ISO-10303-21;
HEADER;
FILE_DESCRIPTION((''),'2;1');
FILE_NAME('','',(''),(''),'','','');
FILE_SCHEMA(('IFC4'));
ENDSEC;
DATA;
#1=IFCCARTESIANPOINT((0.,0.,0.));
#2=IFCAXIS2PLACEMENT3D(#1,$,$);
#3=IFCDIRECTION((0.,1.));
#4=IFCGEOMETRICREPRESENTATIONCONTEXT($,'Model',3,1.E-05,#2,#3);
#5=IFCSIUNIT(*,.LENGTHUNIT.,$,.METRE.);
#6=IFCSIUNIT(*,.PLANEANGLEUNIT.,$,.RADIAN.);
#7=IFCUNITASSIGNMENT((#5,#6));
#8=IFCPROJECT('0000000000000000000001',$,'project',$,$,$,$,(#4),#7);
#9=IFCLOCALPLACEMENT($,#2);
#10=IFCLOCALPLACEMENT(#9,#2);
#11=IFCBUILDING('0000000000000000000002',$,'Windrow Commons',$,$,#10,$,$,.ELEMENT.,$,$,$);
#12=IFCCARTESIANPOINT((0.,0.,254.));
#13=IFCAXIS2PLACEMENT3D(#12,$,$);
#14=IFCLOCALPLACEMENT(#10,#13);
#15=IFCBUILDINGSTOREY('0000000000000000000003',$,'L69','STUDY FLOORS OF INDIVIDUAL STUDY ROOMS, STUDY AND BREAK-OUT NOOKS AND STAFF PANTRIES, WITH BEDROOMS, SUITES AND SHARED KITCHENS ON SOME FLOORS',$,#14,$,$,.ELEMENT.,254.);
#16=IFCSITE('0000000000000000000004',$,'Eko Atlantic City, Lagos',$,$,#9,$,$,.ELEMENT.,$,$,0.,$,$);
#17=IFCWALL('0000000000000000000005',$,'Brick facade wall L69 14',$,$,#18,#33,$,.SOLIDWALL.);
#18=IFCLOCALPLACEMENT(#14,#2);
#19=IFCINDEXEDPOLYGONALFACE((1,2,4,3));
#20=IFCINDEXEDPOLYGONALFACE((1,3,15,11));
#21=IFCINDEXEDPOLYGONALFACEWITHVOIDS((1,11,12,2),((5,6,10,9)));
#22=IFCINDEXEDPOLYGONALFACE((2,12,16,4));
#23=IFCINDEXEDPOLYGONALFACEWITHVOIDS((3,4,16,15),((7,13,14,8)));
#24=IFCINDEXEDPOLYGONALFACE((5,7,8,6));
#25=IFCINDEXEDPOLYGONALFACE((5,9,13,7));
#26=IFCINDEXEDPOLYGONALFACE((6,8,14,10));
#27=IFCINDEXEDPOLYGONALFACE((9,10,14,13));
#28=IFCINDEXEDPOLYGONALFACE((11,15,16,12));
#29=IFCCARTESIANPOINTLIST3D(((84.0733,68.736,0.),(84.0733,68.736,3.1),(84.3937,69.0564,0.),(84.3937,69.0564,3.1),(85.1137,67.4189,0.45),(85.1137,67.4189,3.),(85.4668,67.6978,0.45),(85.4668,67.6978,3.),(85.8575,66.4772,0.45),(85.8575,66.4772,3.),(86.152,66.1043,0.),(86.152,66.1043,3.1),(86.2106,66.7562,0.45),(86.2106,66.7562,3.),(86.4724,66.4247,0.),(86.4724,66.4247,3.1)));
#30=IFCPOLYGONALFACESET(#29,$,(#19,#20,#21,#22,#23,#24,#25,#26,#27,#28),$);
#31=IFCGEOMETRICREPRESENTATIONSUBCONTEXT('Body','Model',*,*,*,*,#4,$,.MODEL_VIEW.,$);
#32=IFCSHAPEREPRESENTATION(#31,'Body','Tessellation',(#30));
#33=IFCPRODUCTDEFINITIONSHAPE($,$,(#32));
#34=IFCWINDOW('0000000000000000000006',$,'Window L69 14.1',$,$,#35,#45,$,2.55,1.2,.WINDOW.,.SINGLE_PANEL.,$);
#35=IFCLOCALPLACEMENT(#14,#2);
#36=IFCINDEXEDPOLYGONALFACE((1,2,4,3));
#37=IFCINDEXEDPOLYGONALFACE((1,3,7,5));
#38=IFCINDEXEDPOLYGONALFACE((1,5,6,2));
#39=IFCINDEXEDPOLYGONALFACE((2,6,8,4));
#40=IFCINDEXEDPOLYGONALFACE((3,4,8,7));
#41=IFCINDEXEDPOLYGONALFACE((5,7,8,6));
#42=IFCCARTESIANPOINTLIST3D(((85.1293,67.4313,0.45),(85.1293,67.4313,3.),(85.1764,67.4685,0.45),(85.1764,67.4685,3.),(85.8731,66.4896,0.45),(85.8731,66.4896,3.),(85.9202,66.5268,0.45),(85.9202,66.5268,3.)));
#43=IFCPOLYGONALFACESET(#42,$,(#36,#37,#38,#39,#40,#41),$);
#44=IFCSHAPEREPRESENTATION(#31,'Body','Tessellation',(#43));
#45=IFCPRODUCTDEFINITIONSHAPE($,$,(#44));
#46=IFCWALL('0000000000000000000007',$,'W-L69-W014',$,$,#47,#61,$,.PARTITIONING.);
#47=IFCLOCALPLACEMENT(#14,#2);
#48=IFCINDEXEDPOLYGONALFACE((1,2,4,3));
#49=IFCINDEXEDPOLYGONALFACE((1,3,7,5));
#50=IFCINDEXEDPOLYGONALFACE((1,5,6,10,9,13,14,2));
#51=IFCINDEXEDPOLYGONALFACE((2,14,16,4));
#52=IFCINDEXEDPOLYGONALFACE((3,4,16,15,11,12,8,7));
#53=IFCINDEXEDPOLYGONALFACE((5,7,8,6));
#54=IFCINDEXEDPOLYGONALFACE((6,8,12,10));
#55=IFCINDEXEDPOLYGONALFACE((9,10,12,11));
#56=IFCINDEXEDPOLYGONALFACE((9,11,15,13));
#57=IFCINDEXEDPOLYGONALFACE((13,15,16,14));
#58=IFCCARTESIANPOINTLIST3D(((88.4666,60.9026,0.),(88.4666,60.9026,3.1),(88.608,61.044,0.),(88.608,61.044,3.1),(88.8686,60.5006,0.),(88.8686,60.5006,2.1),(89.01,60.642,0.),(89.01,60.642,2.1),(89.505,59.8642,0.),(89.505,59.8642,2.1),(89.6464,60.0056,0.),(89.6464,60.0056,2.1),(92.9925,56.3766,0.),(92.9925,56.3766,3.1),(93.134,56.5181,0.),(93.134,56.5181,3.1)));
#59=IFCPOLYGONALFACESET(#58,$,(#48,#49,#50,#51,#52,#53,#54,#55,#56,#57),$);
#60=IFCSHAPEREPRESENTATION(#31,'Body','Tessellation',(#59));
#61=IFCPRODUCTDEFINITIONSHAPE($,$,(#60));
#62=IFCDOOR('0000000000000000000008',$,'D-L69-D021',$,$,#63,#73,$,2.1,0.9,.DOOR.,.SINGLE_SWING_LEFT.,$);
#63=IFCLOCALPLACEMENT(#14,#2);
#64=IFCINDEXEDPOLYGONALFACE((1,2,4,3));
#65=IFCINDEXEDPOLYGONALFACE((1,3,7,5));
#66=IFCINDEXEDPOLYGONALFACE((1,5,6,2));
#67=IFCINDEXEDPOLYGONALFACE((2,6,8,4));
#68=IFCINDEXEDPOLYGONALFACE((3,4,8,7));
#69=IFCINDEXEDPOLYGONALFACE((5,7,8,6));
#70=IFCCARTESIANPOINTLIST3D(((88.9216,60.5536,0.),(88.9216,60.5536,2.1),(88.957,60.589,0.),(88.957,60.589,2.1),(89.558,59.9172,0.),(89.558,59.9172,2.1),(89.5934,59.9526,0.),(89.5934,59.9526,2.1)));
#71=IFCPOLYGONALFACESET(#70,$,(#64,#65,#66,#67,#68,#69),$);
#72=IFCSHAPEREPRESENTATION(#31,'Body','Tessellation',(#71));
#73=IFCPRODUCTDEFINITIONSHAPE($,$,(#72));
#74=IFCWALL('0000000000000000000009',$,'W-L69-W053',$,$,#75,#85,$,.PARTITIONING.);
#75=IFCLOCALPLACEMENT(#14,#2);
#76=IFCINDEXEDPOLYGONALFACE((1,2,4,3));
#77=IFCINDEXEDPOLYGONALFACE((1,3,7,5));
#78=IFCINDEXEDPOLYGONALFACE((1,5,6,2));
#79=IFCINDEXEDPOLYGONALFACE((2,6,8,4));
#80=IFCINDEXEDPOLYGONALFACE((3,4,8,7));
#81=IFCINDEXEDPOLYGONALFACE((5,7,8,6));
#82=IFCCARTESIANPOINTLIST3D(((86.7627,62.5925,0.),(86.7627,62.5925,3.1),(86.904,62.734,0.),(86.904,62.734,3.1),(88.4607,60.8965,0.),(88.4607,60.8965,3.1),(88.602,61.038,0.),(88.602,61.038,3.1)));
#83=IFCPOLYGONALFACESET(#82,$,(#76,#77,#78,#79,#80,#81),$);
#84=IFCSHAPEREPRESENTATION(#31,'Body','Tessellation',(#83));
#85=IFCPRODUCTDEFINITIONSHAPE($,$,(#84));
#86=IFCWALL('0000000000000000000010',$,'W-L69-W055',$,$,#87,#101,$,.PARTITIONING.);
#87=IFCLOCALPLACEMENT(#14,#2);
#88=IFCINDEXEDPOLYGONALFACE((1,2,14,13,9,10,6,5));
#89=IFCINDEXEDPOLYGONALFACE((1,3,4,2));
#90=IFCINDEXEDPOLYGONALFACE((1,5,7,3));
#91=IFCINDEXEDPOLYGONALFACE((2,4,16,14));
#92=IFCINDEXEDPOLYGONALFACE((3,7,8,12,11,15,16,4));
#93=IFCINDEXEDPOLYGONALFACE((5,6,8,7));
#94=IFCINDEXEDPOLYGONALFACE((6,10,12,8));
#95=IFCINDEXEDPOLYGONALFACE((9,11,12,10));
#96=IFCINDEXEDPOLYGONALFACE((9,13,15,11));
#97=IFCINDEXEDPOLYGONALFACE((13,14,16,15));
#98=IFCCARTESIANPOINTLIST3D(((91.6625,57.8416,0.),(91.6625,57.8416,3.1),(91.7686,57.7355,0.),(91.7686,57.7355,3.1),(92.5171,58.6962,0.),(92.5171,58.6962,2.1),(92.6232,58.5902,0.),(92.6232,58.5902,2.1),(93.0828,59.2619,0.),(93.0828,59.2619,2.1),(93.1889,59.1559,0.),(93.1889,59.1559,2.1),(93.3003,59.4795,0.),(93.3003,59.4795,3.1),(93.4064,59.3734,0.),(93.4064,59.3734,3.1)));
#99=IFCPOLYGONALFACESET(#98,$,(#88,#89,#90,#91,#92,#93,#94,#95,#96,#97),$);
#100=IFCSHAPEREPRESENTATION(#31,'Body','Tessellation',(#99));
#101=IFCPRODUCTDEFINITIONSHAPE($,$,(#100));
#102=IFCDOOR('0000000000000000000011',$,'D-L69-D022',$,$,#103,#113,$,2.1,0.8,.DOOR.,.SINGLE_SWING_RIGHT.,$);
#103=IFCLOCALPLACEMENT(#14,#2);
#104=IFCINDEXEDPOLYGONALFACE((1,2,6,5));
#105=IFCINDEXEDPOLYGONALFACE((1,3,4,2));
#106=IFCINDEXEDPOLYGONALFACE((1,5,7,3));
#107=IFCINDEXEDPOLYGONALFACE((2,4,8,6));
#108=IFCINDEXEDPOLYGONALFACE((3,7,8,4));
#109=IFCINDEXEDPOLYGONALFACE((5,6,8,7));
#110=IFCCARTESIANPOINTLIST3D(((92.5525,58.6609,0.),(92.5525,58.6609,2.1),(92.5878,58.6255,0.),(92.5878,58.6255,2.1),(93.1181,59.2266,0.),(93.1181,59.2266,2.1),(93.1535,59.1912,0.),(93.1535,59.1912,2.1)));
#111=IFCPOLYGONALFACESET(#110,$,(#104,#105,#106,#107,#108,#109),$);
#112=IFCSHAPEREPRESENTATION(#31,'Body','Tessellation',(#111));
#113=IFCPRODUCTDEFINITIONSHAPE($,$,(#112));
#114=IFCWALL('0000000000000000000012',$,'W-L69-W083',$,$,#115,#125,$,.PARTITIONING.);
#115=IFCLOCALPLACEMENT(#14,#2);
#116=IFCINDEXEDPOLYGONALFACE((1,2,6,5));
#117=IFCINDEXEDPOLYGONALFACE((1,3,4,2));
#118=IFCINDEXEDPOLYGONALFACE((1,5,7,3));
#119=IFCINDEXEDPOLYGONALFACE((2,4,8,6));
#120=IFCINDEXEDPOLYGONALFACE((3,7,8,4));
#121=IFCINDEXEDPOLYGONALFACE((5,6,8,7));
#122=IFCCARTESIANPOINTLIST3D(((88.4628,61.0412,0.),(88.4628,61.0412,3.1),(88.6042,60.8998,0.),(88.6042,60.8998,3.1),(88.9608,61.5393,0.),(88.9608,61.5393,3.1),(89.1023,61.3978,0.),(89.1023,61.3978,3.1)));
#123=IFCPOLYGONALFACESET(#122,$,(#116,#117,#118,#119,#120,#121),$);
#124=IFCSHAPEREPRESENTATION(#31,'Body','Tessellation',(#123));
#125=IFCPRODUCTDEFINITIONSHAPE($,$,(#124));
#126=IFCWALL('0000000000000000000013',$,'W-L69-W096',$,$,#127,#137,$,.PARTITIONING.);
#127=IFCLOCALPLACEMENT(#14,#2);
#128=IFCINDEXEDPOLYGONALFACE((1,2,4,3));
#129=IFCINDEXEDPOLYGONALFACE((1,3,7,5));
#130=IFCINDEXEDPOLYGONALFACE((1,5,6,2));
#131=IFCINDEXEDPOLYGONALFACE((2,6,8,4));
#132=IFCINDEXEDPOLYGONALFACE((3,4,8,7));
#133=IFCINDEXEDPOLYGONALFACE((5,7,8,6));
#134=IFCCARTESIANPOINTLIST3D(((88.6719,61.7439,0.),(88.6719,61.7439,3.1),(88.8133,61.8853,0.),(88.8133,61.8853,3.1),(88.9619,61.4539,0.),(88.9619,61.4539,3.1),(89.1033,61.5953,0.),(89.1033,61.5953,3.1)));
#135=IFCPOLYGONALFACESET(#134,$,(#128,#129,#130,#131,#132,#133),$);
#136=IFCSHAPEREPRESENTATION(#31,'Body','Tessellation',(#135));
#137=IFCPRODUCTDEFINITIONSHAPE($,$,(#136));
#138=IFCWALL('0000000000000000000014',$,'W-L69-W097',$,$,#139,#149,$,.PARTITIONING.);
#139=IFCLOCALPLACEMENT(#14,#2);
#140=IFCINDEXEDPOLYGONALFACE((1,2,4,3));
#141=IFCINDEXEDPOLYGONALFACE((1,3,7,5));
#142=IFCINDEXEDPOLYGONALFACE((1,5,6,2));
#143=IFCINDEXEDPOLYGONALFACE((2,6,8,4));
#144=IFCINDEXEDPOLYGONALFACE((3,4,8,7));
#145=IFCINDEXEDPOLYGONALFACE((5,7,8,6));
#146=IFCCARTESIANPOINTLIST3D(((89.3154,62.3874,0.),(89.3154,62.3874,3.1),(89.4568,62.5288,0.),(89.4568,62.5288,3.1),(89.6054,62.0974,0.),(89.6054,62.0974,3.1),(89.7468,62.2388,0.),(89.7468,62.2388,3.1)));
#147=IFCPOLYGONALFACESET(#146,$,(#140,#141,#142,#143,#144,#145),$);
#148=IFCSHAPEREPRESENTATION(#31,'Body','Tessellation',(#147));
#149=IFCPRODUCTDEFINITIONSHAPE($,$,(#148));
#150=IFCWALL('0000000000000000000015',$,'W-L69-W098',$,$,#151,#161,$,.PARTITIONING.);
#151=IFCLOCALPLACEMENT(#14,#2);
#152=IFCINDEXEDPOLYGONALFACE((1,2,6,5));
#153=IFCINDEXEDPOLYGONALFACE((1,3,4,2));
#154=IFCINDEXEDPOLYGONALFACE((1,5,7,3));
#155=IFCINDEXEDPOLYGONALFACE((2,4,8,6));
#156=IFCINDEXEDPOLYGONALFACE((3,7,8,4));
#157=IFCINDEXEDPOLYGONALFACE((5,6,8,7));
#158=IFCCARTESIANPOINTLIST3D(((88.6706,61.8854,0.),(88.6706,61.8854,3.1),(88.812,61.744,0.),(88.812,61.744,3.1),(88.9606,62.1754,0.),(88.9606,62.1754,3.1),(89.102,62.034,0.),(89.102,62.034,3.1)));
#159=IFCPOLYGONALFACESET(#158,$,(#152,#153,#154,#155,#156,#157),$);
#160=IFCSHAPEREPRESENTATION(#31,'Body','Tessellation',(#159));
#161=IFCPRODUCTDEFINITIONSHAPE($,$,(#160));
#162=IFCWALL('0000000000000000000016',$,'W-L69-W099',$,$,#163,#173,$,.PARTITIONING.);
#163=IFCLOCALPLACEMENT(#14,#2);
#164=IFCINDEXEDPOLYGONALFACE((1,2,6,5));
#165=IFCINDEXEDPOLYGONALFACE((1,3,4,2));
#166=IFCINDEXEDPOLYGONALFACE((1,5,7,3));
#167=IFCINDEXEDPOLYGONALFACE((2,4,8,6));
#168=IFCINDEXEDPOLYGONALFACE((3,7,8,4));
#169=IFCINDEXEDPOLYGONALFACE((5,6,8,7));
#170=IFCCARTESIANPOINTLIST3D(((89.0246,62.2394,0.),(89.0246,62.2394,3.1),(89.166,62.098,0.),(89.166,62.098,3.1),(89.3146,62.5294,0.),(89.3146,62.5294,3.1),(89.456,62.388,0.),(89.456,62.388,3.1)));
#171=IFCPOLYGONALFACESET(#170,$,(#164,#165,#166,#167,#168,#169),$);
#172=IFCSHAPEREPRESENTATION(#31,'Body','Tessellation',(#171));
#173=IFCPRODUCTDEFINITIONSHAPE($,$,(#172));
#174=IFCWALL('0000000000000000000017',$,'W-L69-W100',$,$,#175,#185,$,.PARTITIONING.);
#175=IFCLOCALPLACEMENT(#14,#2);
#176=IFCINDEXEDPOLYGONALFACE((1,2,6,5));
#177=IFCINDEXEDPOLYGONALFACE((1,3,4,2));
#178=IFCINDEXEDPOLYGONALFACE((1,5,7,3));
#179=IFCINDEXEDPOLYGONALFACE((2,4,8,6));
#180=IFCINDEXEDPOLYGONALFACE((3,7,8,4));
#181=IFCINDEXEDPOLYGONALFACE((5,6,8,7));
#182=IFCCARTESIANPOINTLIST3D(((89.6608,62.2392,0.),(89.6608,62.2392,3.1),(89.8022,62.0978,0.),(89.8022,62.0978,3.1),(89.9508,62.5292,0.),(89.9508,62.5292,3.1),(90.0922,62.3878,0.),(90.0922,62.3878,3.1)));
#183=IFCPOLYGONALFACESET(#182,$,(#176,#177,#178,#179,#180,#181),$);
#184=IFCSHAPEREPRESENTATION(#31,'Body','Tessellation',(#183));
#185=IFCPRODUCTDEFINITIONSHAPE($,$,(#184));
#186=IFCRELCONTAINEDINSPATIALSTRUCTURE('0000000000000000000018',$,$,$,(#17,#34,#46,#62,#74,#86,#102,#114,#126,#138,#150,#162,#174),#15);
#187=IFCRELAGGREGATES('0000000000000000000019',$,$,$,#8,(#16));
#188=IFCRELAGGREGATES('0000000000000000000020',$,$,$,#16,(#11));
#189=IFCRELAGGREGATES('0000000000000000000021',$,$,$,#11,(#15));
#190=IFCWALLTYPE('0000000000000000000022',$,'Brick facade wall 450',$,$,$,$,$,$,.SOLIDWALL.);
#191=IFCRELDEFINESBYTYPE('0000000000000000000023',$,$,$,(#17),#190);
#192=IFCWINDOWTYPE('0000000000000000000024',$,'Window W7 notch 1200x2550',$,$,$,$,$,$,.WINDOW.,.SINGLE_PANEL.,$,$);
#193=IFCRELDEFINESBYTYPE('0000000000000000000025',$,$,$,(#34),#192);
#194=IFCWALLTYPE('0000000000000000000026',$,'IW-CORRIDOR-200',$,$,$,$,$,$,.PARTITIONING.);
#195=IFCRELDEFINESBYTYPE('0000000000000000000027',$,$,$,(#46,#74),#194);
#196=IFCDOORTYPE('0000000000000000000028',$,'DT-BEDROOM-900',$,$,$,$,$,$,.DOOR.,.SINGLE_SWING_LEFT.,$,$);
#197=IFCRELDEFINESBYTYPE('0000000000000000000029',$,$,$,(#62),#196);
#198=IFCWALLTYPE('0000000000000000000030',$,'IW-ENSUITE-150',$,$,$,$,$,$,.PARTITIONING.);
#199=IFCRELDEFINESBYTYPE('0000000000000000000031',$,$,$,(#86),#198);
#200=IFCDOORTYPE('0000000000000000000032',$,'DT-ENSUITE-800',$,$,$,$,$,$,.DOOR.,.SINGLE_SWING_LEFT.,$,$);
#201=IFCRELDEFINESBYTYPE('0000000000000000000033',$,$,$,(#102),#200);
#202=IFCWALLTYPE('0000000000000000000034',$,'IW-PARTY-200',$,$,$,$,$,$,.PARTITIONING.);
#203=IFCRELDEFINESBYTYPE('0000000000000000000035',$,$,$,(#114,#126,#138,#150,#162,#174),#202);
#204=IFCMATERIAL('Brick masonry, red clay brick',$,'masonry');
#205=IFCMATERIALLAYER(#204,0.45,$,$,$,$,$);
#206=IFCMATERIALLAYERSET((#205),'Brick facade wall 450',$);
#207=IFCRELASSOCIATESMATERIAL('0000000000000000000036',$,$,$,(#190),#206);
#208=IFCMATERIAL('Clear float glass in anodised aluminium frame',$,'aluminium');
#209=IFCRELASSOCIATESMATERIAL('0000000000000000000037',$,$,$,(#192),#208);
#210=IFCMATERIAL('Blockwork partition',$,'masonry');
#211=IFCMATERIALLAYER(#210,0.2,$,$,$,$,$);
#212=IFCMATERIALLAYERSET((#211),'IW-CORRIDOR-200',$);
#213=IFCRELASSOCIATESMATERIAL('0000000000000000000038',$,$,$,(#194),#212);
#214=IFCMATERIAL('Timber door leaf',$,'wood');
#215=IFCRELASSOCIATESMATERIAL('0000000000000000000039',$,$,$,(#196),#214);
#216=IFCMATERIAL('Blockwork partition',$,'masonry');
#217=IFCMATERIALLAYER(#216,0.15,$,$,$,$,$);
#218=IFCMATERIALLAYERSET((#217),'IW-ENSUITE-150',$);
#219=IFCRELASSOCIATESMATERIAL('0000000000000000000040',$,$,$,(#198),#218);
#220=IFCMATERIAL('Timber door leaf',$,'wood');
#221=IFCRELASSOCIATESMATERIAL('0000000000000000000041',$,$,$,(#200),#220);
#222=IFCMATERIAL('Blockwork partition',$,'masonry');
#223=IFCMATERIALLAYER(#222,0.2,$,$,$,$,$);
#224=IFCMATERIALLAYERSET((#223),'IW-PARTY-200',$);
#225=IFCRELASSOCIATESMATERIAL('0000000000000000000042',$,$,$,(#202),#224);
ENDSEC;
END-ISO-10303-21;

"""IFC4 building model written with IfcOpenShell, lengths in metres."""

from ifc_helpers import new_model, si_unit, direction, frame, frame_2d, origin, place, context, subcontext, project, spatial, polyline, rectangle, outline, extrude, material, layer, layer_set, type_object, element, fill, save


model = new_model("IFC4")

# Units and contexts
model_context = context("Model", 3, precision=1e-05, world=origin(), true_north=direction((0.0, 1.0)))
body_context = subcontext(model_context, "Body", "Model", "MODEL_VIEW")
ifc_project = project(units=[si_unit("LENGTHUNIT", "METRE"), si_unit("PLANEANGLEUNIT", "RADIAN")], contexts=[model_context])

# Site, building, storey
site_placement = place(None, origin())
site = spatial("IfcSite", under=ifc_project, at=site_placement, Name="Eko Atlantic City, Lagos", CompositionType="ELEMENT", RefElevation=0.0)
building_placement = place(site_placement, origin())
building = spatial("IfcBuilding", under=site, at=building_placement, Name="Windrow Commons", CompositionType="ELEMENT")
storey_placement = place(building_placement, frame((0.0, 0.0, 254.0)))
storey = spatial("IfcBuildingStorey", under=building, at=storey_placement, Name="L69", Description="STUDY FLOORS OF INDIVIDUAL STUDY ROOMS, STUDY AND BREAK-OUT NOOKS AND STAFF PANTRIES, WITH BEDROOMS, SUITES AND SHARED KITCHENS ON SOME FLOORS", CompositionType="ELEMENT", Elevation=254.0)

# Wall, opening, window
ifc_material_1 = material(Name="Brick masonry, red clay brick", Category="masonry")
ifc_layer_1 = layer(ifc_material_1, 0.45)
ifc_layer_set_1 = layer_set([ifc_layer_1], Name="Brick facade wall 450")
wall_type_1 = type_object("IfcWallType", Name="Brick facade wall 450", PredefinedType="SOLIDWALL", material=ifc_layer_set_1)
ifc_material_2 = material(Name="Clear float glass in anodised aluminium frame", Category="aluminium")
window_type = type_object("IfcWindowType", Name="Window W7 notch 1200x2550", PartitioningType="SINGLE_PANEL", PredefinedType="WINDOW", material=ifc_material_2)
wall_1_placement = place(storey_placement, frame((86.3122, 66.2645, 0.0), z_axis=(0.0, 0.0, 1.0), x_axis=(-0.619836, 0.784732, 0.0)))
wall_1 = element("IfcWall", 1, at=wall_1_placement, inside=storey, type_object=wall_type_1, Name="Brick facade wall L69 14", PredefinedType="SOLIDWALL", context=body_context, shape_type="SweptSolid", body=[
    extrude(outline(polyline([(0.0264, -0.225), (3.38, -0.225), (3.3272, 0.225), (-0.0264, 0.225), (0.0264, -0.225)])), origin(), (0.0, 0.0, 1.0), 3.1),
])
opening_1_placement = place(wall_1_placement, frame((0.4488, 0.0, 0.45)))
opening_1 = element("IfcOpeningElement", 2, at=opening_1_placement, cuts=wall_1, PredefinedType="OPENING", context=body_context, shape_type="SweptSolid", body=[
    extrude(rectangle(XDim=1.2, YDim=2.55, at=frame_2d((0.6, 1.275))), frame((0.0, 0.235, 0.0), z_axis=(0.0, -1.0, 0.0), x_axis=(1.0, 0.0, 0.0)), (0.0, 0.0, 1.0), 0.47),
])
window_1_placement = place(opening_1_placement, origin())
window_1 = element("IfcWindow", 3, at=window_1_placement, inside=storey, type_object=window_type, Name="Window L69 14.1", OverallHeight=2.55, OverallWidth=1.2, PartitioningType="SINGLE_PANEL", PredefinedType="WINDOW", context=body_context, shape_type="SweptSolid", body=[
    extrude(rectangle(XDim=1.2, YDim=2.55, at=frame_2d((0.6, 1.275))), frame((0.0, 0.205, 0.0), z_axis=(0.0, -1.0, 0.0), x_axis=(1.0, 0.0, 0.0)), (0.0, 0.0, 1.0), 0.06),
])
fill(opening_1, window_1)

# Wall, opening, door
ifc_material_3 = material(Name="Blockwork partition", Category="masonry")
ifc_layer_2 = layer(ifc_material_3, 0.2)
ifc_layer_set_2 = layer_set([ifc_layer_2], Name="IW-CORRIDOR-200")
wall_type_2 = type_object("IfcWallType", Name="IW-CORRIDOR-200", PredefinedType="PARTITIONING", material=ifc_layer_set_2)
wall_2_placement = place(storey_placement, frame((88.5373, 60.9733, 0.0), z_axis=(0.0, 0.0, 1.0), x_axis=(0.707107, -0.707107, 0.0)))
wall_2 = element("IfcWall", 4, at=wall_2_placement, inside=storey, type_object=wall_type_2, Name="W-L69-W014", PredefinedType="PARTITIONING", context=body_context, shape_type="SweptSolid", body=[
    extrude(rectangle(XDim=6.4007, YDim=0.2, at=frame_2d((3.2003, 0.0))), origin(), (0.0, 0.0, 1.0), 3.1),
])
opening_2_placement = place(wall_2_placement, frame((0.5685, 0.0, 0.0)))
opening_2 = element("IfcOpeningElement", 5, at=opening_2_placement, cuts=wall_2, PredefinedType="OPENING", context=body_context, shape_type="SweptSolid", body=[
    extrude(rectangle(XDim=0.9, YDim=2.1, at=frame_2d((0.45, 1.05))), frame((0.0, 0.11, 0.0), z_axis=(0.0, -1.0, 0.0), x_axis=(1.0, 0.0, 0.0)), (0.0, 0.0, 1.0), 0.22),
])
ifc_material_4 = material(Name="Timber door leaf", Category="wood")
door_type_1 = type_object("IfcDoorType", Name="DT-BEDROOM-900", OperationType="SINGLE_SWING_LEFT", PredefinedType="DOOR", material=ifc_material_4)
door_1_placement = place(opening_2_placement, origin())
door_1 = element("IfcDoor", 6, at=door_1_placement, inside=storey, type_object=door_type_1, Name="D-L69-D021", OperationType="SINGLE_SWING_LEFT", OverallHeight=2.1, OverallWidth=0.9, PredefinedType="DOOR", context=body_context, shape_type="SweptSolid", body=[
    extrude(rectangle(XDim=0.9, YDim=2.1, at=frame_2d((0.45, 1.05))), frame((0.0, 0.025, 0.0), z_axis=(0.0, -1.0, 0.0), x_axis=(1.0, 0.0, 0.0)), (0.0, 0.0, 1.0), 0.05),
])
fill(opening_2, door_1)

# Wall
wall_3_placement = place(storey_placement, frame((86.8333, 62.6633, 0.0), z_axis=(0.0, 0.0, 1.0), x_axis=(0.707523, -0.70669, 0.0)))
element("IfcWall", 7, at=wall_3_placement, inside=storey, type_object=wall_type_2, Name="W-L69-W053", PredefinedType="PARTITIONING", context=body_context, shape_type="SweptSolid", body=[
    extrude(rectangle(XDim=2.3999, YDim=0.2, at=frame_2d((1.2, 0.0))), origin(), (0.0, 0.0, 1.0), 3.1),
])

# Wall, opening, door
ifc_material_5 = material(Name="Blockwork partition", Category="masonry")
ifc_layer_3 = layer(ifc_material_5, 0.15)
ifc_layer_set_3 = layer_set([ifc_layer_3], Name="IW-ENSUITE-150")
wall_type_3 = type_object("IfcWallType", Name="IW-ENSUITE-150", PredefinedType="PARTITIONING", material=ifc_layer_set_3)
wall_4_placement = place(storey_placement, frame((91.7155, 57.7885, 0.0), z_axis=(0.0, 0.0, 1.0), x_axis=(0.707085, 0.707128, 0.0)))
wall_4 = element("IfcWall", 8, at=wall_4_placement, inside=storey, type_object=wall_type_3, Name="W-L69-W055", PredefinedType="PARTITIONING", context=body_context, shape_type="SweptSolid", body=[
    extrude(rectangle(XDim=2.3163, YDim=0.15, at=frame_2d((1.1582, 0.0))), origin(), (0.0, 0.0, 1.0), 3.1),
])
opening_3_placement = place(wall_4_placement, frame((1.2087, 0.0, 0.0)))
opening_3 = element("IfcOpeningElement", 9, at=opening_3_placement, cuts=wall_4, PredefinedType="OPENING", context=body_context, shape_type="SweptSolid", body=[
    extrude(rectangle(XDim=0.8, YDim=2.1, at=frame_2d((0.4, 1.05))), frame((0.0, 0.085, 0.0), z_axis=(0.0, -1.0, 0.0), x_axis=(1.0, 0.0, 0.0)), (0.0, 0.0, 1.0), 0.17),
])
ifc_material_6 = material(Name="Timber door leaf", Category="wood")
door_type_2 = type_object("IfcDoorType", Name="DT-ENSUITE-800", OperationType="SINGLE_SWING_LEFT", PredefinedType="DOOR", material=ifc_material_6)
door_2_placement = place(opening_3_placement, origin())
door_2 = element("IfcDoor", 10, at=door_2_placement, inside=storey, type_object=door_type_2, Name="D-L69-D022", OperationType="SINGLE_SWING_RIGHT", OverallHeight=2.1, OverallWidth=0.8, PredefinedType="DOOR", context=body_context, shape_type="SweptSolid", body=[
    extrude(rectangle(XDim=0.8, YDim=2.1, at=frame_2d((0.4, 1.05))), frame((0.0, 0.025, 0.0), z_axis=(0.0, -1.0, 0.0), x_axis=(1.0, 0.0, 0.0)), (0.0, 0.0, 1.0), 0.05),
])
fill(opening_3, door_2)

# Walls
ifc_material_7 = material(Name="Blockwork partition", Category="masonry")
ifc_layer_4 = layer(ifc_material_7, 0.2)
ifc_layer_set_4 = layer_set([ifc_layer_4], Name="IW-PARTY-200")
wall_type_4 = type_object("IfcWallType", Name="IW-PARTY-200", PredefinedType="PARTITIONING", material=ifc_layer_set_4)
wall_5_placement = place(storey_placement, frame((88.5335, 60.9705, 0.0), z_axis=(0.0, 0.0, 1.0), x_axis=(0.707107, 0.707107, 0.0)))
element("IfcWall", 11, at=wall_5_placement, inside=storey, type_object=wall_type_4, Name="W-L69-W083", PredefinedType="PARTITIONING", context=body_context, shape_type="SweptSolid", body=[
    extrude(rectangle(XDim=0.7043, YDim=0.2, at=frame_2d((0.3522, 0.0))), origin(), (0.0, 0.0, 1.0), 3.1),
])
for number, where, z_axis, x_axis, name in (
    (12, (88.7426, 61.8146, 0.0), (0.0, 0.0, 1.0), (0.707107, -0.707107, 0.0), "W-L69-W096"),
    (13, (89.3861, 62.4581, 0.0), (0.0, 0.0, 1.0), (0.707107, -0.707107, 0.0), "W-L69-W097"),
    (14, (88.7413, 61.8147, 0.0), (0.0, 0.0, 1.0), (0.707107, 0.707107, 0.0), "W-L69-W098"),
    (15, (89.0953, 62.1687, 0.0), (0.0, 0.0, 1.0), (0.707107, 0.707107, 0.0), "W-L69-W099"),
    (16, (89.7315, 62.1685, 0.0), (0.0, 0.0, 1.0), (0.707107, 0.707107, 0.0), "W-L69-W100"),
):
    element("IfcWall", number, at=place(storey_placement, frame(where, z_axis=z_axis, x_axis=x_axis)), inside=storey, type_object=wall_type_4, Name=name, PredefinedType="PARTITIONING", context=body_context, shape_type="SweptSolid", body=[
        extrude(rectangle(XDim=0.4101, YDim=0.2, at=frame_2d((0.2051, 0.0))), origin(), (0.0, 0.0, 1.0), 3.1),
    ])

save(model, "model.ifc")
